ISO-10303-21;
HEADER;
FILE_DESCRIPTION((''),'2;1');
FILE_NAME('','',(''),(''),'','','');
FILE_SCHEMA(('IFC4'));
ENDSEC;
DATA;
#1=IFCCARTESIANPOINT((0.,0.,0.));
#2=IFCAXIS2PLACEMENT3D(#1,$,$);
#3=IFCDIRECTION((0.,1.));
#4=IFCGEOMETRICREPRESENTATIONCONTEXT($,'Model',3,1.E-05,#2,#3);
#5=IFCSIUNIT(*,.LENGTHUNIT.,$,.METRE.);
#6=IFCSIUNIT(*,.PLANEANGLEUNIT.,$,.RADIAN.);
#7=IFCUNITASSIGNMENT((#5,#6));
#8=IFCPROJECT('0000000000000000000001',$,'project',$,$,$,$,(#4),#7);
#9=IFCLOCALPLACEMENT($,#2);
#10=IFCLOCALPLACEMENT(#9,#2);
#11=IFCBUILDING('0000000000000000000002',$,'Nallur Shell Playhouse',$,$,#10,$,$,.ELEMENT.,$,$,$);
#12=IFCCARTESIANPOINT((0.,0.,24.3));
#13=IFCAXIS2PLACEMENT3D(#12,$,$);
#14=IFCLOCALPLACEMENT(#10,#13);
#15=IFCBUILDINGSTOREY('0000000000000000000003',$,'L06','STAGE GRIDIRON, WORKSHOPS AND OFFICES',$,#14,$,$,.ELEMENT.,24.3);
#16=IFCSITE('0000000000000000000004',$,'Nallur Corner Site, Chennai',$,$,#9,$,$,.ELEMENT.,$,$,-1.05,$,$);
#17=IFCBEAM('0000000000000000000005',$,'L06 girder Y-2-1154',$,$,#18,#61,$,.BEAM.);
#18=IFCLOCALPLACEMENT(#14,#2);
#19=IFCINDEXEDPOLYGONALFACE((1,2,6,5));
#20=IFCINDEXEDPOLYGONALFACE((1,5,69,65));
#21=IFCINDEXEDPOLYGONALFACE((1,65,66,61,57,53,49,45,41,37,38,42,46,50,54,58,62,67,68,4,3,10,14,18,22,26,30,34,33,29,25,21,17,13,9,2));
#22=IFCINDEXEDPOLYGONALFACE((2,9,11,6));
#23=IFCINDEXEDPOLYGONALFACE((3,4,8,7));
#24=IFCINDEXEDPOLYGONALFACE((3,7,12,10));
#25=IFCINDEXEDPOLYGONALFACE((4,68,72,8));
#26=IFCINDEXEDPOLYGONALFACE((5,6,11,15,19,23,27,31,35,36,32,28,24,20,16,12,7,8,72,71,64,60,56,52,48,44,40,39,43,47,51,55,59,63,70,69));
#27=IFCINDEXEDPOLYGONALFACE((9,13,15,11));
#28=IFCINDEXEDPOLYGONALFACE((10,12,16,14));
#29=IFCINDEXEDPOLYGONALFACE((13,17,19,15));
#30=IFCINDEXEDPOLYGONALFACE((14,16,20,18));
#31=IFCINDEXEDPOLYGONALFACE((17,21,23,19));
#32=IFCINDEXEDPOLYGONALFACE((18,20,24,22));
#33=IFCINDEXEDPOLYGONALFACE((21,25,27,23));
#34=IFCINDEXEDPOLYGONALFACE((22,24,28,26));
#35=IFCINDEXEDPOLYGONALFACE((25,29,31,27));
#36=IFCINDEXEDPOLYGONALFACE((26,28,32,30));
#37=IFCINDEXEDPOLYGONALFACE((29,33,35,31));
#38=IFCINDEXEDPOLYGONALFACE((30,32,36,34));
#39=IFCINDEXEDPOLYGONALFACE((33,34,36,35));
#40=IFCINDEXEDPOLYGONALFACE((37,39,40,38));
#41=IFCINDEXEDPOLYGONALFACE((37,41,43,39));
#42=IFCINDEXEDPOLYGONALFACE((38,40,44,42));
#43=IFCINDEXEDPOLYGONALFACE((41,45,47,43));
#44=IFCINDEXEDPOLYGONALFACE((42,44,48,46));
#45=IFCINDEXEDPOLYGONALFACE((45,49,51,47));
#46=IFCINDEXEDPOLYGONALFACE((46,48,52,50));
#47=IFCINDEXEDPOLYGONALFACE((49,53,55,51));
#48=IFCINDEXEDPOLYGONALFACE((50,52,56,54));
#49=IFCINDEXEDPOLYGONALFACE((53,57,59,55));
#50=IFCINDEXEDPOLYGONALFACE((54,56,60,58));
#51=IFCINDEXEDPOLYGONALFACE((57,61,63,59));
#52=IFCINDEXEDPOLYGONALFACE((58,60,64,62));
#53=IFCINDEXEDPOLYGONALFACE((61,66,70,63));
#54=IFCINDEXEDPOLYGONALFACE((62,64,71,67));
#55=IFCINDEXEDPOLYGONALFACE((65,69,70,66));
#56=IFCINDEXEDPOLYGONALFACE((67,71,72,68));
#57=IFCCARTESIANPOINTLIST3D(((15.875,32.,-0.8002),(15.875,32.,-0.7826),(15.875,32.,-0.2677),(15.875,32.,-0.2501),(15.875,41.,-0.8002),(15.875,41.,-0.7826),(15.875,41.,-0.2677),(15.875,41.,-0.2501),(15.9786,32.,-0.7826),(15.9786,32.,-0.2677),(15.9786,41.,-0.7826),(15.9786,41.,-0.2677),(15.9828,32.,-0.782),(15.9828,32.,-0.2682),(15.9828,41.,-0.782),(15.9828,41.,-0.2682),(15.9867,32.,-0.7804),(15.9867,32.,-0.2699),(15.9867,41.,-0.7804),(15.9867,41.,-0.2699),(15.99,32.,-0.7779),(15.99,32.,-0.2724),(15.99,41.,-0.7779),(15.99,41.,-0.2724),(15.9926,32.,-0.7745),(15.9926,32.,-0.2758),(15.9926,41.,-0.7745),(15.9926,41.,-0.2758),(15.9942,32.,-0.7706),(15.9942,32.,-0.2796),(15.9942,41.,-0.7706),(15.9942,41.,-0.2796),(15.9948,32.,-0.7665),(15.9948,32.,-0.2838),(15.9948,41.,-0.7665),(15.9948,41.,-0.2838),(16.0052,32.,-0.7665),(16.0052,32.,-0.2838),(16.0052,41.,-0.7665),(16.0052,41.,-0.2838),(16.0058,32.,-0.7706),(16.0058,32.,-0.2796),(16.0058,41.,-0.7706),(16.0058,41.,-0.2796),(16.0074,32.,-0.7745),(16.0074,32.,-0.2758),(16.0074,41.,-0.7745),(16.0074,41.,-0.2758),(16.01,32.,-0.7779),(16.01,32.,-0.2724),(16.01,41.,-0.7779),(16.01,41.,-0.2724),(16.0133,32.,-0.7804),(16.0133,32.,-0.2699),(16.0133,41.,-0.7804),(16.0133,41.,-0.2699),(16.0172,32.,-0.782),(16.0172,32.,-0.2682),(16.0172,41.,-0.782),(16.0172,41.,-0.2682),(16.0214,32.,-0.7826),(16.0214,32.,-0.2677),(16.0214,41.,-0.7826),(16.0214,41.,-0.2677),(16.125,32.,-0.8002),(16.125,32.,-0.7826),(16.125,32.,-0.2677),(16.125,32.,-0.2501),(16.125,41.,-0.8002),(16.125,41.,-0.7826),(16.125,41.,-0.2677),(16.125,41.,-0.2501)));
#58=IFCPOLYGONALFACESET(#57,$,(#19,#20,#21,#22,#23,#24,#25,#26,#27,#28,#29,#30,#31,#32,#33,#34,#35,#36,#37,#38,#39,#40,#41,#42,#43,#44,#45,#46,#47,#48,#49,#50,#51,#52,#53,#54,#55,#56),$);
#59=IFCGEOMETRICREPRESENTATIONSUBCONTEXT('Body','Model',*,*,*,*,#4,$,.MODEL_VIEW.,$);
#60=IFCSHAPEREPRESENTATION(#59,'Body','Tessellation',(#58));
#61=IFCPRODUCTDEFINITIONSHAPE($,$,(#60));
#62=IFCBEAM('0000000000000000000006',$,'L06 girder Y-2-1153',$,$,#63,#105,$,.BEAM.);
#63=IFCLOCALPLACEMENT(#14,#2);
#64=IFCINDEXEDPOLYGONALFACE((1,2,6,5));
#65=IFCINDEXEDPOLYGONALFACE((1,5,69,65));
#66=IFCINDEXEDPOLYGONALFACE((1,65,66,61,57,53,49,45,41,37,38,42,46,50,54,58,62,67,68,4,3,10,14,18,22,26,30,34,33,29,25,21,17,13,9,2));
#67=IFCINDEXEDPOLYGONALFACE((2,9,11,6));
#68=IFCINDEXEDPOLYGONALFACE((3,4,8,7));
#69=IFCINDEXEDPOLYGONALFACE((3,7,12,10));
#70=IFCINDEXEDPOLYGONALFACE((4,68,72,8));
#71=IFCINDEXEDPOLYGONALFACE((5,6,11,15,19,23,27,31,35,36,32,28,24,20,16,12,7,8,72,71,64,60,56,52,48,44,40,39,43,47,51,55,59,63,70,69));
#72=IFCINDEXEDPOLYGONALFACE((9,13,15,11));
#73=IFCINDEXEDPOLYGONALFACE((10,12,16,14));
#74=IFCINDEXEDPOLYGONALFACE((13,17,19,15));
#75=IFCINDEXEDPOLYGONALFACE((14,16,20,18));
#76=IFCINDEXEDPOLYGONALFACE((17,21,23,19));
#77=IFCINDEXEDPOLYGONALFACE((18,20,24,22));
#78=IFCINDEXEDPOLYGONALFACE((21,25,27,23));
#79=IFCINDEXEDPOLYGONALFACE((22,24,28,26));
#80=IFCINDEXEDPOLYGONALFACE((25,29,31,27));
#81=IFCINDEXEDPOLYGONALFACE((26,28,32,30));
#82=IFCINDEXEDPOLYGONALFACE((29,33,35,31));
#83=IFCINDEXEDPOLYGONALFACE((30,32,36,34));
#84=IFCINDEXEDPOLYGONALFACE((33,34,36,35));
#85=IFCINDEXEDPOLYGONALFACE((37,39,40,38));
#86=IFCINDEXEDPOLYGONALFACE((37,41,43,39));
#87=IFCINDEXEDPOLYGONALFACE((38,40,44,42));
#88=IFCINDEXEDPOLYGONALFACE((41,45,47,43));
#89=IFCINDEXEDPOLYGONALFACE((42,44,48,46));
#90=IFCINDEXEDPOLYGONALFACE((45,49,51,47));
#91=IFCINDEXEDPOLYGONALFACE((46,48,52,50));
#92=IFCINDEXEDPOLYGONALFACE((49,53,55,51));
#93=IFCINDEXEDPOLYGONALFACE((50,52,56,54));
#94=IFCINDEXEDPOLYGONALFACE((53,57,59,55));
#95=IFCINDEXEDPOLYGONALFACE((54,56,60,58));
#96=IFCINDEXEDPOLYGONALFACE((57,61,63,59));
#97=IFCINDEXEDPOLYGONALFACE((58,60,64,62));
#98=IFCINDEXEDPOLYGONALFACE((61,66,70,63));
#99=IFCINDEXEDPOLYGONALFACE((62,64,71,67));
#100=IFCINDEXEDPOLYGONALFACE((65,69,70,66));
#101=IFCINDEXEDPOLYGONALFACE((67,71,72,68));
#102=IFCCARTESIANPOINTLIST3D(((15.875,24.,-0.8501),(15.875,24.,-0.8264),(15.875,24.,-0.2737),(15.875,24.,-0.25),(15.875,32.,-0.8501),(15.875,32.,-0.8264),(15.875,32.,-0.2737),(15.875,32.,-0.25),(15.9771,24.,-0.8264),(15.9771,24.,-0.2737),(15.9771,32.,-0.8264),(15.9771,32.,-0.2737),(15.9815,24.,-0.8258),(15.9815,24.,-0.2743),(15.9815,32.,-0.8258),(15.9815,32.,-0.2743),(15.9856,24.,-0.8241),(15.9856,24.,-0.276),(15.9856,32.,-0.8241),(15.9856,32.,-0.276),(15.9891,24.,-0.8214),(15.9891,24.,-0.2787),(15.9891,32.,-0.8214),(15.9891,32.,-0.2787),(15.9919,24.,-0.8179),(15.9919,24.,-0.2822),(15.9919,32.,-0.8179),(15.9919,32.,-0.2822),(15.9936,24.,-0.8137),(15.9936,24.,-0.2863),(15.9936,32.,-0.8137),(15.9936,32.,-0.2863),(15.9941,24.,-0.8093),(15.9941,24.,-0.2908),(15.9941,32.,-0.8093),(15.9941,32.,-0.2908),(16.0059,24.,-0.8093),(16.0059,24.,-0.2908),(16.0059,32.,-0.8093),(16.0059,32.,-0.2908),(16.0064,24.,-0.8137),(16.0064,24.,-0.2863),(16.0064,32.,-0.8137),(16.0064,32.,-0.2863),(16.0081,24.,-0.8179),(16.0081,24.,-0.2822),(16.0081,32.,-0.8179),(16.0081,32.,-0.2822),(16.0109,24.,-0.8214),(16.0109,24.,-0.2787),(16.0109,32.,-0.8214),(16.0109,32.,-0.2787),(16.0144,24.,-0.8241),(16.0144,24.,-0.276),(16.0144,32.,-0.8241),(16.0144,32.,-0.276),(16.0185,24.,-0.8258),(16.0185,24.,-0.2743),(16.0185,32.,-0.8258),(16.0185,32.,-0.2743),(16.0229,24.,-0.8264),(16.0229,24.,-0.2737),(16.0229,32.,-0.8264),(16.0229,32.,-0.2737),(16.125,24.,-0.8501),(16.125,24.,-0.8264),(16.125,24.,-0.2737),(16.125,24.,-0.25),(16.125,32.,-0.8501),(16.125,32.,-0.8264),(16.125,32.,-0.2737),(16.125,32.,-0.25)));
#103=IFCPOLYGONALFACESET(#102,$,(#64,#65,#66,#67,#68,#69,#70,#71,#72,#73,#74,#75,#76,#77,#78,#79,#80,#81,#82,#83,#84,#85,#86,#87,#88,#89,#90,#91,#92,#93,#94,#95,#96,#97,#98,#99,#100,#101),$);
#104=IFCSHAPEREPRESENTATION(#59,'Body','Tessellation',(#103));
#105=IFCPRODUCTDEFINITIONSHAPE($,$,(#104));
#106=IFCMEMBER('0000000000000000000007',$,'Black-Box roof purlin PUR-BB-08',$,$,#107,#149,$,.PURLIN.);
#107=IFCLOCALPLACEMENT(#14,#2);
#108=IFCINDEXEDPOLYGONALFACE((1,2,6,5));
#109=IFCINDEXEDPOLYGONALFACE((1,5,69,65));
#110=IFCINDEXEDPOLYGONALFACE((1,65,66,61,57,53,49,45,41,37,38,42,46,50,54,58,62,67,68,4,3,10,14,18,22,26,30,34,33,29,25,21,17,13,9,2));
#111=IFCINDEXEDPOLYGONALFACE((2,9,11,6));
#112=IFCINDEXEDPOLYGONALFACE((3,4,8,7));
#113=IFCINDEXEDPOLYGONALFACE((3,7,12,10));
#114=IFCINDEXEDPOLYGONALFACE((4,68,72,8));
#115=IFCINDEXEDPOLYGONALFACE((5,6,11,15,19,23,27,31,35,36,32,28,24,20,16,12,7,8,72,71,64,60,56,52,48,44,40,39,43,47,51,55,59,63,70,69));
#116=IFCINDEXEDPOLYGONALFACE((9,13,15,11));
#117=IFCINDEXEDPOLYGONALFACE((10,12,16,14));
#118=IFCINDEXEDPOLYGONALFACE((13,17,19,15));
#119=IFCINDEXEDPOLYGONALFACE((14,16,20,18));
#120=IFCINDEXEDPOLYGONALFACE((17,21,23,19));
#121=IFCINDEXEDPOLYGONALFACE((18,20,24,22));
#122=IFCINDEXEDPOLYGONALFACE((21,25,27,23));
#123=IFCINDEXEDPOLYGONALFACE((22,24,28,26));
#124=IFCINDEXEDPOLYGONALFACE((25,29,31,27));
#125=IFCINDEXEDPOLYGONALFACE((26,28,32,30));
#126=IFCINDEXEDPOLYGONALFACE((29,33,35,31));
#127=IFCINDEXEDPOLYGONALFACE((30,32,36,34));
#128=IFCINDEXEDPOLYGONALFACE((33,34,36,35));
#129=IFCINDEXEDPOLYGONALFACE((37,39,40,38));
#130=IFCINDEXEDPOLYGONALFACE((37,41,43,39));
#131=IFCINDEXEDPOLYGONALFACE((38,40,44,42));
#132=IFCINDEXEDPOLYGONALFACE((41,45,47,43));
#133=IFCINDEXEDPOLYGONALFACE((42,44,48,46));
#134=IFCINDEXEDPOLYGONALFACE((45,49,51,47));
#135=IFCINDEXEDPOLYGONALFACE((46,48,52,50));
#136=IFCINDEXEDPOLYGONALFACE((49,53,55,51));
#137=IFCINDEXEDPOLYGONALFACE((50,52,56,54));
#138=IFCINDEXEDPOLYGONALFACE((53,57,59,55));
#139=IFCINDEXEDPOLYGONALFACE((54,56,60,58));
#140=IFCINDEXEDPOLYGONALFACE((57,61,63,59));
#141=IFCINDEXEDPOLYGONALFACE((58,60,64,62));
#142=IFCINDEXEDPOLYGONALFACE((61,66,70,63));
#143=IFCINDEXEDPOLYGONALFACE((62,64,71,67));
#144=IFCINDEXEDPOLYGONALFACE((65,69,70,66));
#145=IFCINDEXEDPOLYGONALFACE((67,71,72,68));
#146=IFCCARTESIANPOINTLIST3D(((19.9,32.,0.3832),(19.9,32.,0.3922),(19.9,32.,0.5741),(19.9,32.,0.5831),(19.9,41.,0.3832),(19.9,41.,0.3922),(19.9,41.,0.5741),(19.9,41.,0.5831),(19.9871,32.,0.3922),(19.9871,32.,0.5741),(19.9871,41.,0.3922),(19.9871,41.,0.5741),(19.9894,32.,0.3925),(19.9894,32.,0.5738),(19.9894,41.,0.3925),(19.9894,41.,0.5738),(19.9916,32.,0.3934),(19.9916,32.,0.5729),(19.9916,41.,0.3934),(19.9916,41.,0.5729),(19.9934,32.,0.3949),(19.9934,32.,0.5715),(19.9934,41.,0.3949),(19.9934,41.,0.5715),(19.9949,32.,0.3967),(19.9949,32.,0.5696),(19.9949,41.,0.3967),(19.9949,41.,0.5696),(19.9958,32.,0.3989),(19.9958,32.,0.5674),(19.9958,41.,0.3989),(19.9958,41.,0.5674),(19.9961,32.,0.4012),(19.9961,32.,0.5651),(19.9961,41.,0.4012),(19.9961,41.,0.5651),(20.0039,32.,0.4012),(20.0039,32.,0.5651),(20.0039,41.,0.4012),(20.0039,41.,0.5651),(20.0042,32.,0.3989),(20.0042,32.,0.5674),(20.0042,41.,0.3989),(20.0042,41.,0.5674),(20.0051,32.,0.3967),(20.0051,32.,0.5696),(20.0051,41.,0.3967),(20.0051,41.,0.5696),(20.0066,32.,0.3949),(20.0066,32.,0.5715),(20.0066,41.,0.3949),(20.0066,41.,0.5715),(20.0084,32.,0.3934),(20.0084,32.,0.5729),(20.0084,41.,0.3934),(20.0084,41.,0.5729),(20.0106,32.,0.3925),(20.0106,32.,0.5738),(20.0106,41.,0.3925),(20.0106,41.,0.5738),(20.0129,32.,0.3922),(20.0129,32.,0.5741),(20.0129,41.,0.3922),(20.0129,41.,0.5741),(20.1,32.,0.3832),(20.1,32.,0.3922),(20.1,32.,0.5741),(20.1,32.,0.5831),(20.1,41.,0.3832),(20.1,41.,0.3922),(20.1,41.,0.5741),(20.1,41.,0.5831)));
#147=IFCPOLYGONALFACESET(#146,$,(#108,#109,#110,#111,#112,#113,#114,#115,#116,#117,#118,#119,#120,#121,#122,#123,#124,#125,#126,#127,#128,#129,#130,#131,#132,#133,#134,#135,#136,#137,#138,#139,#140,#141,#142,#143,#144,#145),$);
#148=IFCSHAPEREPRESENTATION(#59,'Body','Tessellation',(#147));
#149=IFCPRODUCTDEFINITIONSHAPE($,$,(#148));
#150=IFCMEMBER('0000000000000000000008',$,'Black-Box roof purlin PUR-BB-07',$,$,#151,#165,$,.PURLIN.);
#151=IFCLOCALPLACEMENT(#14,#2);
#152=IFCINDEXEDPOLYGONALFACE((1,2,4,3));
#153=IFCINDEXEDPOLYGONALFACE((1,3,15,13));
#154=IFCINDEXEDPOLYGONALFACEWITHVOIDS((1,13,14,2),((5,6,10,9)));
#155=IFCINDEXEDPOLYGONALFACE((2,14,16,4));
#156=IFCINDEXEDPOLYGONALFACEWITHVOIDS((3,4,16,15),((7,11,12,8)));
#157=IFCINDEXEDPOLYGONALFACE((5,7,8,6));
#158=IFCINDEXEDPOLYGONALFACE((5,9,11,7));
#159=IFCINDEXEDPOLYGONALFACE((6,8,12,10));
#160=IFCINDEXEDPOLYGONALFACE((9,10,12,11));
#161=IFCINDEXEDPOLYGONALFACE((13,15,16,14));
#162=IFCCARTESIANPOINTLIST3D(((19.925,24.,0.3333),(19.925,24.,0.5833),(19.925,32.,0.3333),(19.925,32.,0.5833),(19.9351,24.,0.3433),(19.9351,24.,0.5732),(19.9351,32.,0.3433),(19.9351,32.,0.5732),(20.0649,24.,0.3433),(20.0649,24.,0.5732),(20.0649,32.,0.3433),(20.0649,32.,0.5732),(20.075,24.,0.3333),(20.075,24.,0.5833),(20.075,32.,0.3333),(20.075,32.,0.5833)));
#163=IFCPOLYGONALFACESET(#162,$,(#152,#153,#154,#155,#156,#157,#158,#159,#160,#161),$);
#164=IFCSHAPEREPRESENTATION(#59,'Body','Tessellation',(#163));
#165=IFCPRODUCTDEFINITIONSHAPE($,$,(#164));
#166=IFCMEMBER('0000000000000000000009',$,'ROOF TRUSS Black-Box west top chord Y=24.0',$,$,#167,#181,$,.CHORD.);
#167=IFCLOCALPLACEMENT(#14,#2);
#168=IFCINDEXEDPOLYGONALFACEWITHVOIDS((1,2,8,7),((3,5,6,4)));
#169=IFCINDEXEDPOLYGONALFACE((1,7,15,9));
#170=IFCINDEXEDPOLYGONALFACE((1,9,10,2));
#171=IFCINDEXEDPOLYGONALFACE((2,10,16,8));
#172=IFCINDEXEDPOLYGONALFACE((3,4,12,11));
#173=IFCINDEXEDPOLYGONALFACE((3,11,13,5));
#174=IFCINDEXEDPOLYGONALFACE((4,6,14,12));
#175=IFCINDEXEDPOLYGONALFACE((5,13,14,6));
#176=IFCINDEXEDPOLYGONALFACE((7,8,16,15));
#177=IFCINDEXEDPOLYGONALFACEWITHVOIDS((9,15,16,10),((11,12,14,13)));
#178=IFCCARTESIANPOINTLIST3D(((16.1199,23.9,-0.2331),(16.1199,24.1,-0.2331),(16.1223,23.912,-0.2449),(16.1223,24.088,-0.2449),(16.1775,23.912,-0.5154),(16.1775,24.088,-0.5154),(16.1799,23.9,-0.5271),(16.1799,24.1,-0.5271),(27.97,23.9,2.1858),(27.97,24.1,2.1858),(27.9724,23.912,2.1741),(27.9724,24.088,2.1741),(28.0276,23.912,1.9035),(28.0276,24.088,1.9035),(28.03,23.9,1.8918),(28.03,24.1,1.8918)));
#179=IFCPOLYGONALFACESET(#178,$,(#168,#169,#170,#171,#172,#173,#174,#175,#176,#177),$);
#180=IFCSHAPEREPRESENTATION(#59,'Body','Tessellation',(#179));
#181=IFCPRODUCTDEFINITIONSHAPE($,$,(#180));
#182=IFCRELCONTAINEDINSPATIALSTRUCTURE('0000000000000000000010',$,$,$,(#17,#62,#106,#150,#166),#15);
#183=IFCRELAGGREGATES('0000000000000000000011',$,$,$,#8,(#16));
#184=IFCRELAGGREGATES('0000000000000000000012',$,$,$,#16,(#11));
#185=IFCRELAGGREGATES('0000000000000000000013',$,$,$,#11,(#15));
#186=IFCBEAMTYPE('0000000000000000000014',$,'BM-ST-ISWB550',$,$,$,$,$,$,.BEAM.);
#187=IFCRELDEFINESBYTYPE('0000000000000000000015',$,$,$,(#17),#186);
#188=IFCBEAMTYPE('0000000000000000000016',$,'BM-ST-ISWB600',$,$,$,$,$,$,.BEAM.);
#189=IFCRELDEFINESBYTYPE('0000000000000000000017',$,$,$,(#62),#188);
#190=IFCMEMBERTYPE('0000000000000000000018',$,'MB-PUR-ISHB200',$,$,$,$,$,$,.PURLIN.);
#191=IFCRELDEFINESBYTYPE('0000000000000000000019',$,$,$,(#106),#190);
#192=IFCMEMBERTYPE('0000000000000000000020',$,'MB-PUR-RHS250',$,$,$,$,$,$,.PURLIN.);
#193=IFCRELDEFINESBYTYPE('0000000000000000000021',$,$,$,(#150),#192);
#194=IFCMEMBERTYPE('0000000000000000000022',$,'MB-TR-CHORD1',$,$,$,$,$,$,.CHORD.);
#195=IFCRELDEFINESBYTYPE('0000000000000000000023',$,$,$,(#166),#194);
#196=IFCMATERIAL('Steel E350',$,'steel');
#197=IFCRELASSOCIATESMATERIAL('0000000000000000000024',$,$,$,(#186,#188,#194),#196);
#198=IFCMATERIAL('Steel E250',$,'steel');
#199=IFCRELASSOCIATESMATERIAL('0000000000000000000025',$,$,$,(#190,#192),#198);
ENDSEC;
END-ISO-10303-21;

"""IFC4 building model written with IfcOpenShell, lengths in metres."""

from ifc_helpers import new_model, si_unit, direction, frame, origin, origin_2d, place, context, subcontext, project, spatial, hollow_rectangle, i_section, extrude, material, material_profile, profile_set, type_object, element, save


model = new_model("IFC4")

# Units and contexts
model_context = context("Model", 3, precision=1e-05, world=origin(), true_north=direction((0.0, 1.0)))
body_context = subcontext(model_context, "Body", "Model", "MODEL_VIEW")
ifc_project = project(units=[si_unit("LENGTHUNIT", "METRE"), si_unit("PLANEANGLEUNIT", "RADIAN")], contexts=[model_context])

# Site, building, storey
site_placement = place(None, origin())
site = spatial("IfcSite", under=ifc_project, at=site_placement, Name="Nallur Corner Site, Chennai", CompositionType="ELEMENT", RefElevation=-1.05)
building_placement = place(site_placement, origin())
building = spatial("IfcBuilding", under=site, at=building_placement, Name="Nallur Shell Playhouse", CompositionType="ELEMENT")
storey_placement = place(building_placement, frame((0.0, 0.0, 24.3)))
storey = spatial("IfcBuildingStorey", under=building, at=storey_placement, Name="L06", Description="STAGE GRIDIRON, WORKSHOPS AND OFFICES", CompositionType="ELEMENT", Elevation=24.3)

# Beams
ifc_material_1 = material(Name="Steel E350", Category="steel")
ifc_material_profile_1 = material_profile(ifc_material_1, i_section(OverallWidth=0.25, OverallDepth=0.55, WebThickness=0.0105, FlangeThickness=0.0176, FilletRadius=0.0161, at=origin_2d()), Name="ISWB 550")
ifc_profile_set_1 = profile_set([ifc_material_profile_1], Name="Steel E350")
beam_type_1 = type_object("IfcBeamType", Name="BM-ST-ISWB550", PredefinedType="BEAM", material=ifc_profile_set_1)
beam_1_placement = place(storey_placement, frame((16.0, 32.0, -0.5251), z_axis=(0.0, 1.0, 0.0), x_axis=(-1.0, 0.0, 0.0)))
element("IfcBeam", 1, at=beam_1_placement, inside=storey, type_object=beam_type_1, Name="L06 girder Y-2-1154", PredefinedType="BEAM", context=body_context, shape_type="SweptSolid", body=[
    extrude(i_section(OverallWidth=0.25, OverallDepth=0.55, WebThickness=0.0105, FlangeThickness=0.0176, FilletRadius=0.0161, at=origin_2d()), origin(), (0.0, 0.0, 1.0), 9.0),
])
ifc_material_profile_2 = material_profile(ifc_material_1, i_section(OverallWidth=0.25, OverallDepth=0.6001, WebThickness=0.0117, FlangeThickness=0.0237, FilletRadius=0.0171, at=origin_2d()), Name="ISWB 600")
ifc_profile_set_2 = profile_set([ifc_material_profile_2], Name="Steel E350")
beam_type_2 = type_object("IfcBeamType", Name="BM-ST-ISWB600", PredefinedType="BEAM", material=ifc_profile_set_2)
beam_2_placement = place(storey_placement, frame((16.0, 24.0, -0.55), z_axis=(0.0, 1.0, 0.0), x_axis=(-1.0, 0.0, 0.0)))
element("IfcBeam", 2, at=beam_2_placement, inside=storey, type_object=beam_type_2, Name="L06 girder Y-2-1153", PredefinedType="BEAM", context=body_context, shape_type="SweptSolid", body=[
    extrude(i_section(OverallWidth=0.25, OverallDepth=0.6001, WebThickness=0.0117, FlangeThickness=0.0237, FilletRadius=0.0171, at=origin_2d()), origin(), (0.0, 0.0, 1.0), 8.0),
])

# Members
ifc_material_2 = material(Name="Steel E250", Category="steel")
ifc_material_profile_3 = material_profile(ifc_material_2, i_section(OverallWidth=0.2, OverallDepth=0.2, WebThickness=0.0078, FlangeThickness=0.009, FilletRadius=0.009, at=origin_2d()), Name="ISHB 200")
ifc_profile_set_3 = profile_set([ifc_material_profile_3], Name="Steel E250")
member_type_1 = type_object("IfcMemberType", Name="MB-PUR-ISHB200", PredefinedType="PURLIN", material=ifc_profile_set_3)
member_1_placement = place(storey_placement, frame((20.0, 32.0, 0.4832), z_axis=(0.0, 1.0, 0.0), x_axis=(-1.0, 0.0, 0.0)))
element("IfcMember", 3, at=member_1_placement, inside=storey, type_object=member_type_1, Name="Black-Box roof purlin PUR-BB-08", PredefinedType="PURLIN", context=body_context, shape_type="SweptSolid", body=[
    extrude(i_section(OverallWidth=0.2, OverallDepth=0.2, WebThickness=0.0078, FlangeThickness=0.009, FilletRadius=0.009, at=origin_2d()), origin(), (0.0, 0.0, 1.0), 9.0),
])
ifc_material_profile_4 = material_profile(ifc_material_2, hollow_rectangle(XDim=0.1499, YDim=0.25, WallThickness=0.01, at=origin_2d()), Name="RHS 250x150x10")
ifc_profile_set_4 = profile_set([ifc_material_profile_4], Name="Steel E250")
member_type_2 = type_object("IfcMemberType", Name="MB-PUR-RHS250", PredefinedType="PURLIN", material=ifc_profile_set_4)
member_2_placement = place(storey_placement, frame((20.0, 24.0, 0.4583), z_axis=(0.0, 1.0, 0.0), x_axis=(-1.0, 0.0, 0.0)))
element("IfcMember", 4, at=member_2_placement, inside=storey, type_object=member_type_2, Name="Black-Box roof purlin PUR-BB-07", PredefinedType="PURLIN", context=body_context, shape_type="SweptSolid", body=[
    extrude(hollow_rectangle(XDim=0.1499, YDim=0.25, WallThickness=0.01, at=origin_2d()), origin(), (0.0, 0.0, 1.0), 8.0),
])
ifc_material_profile_5 = material_profile(ifc_material_1, hollow_rectangle(XDim=0.2, YDim=0.3, WallThickness=0.012, at=origin_2d()), Name="RHS 300x200x12")
ifc_profile_set_5 = profile_set([ifc_material_profile_5], Name="Steel E350")
member_type_3 = type_object("IfcMemberType", Name="MB-TR-CHORD1", PredefinedType="CHORD", material=ifc_profile_set_5)
for number, where, z_axis, x_axis, name in (
    (5, (16.1499, 24.0, -0.3801), (0.979795, 0.0, 0.200004), (0.0, 1.0, 0.0), "ROOF TRUSS Black-Box west top chord Y=24.0"),
):
    element("IfcMember", number, at=place(storey_placement, frame(where, z_axis=z_axis, x_axis=x_axis)), inside=storey, type_object=member_type_3, Name=name, PredefinedType="CHORD", context=body_context, shape_type="SweptSolid", body=[
        extrude(hollow_rectangle(XDim=0.2, YDim=0.3, WallThickness=0.012, at=origin_2d()), origin(), (0.0, 0.0, 1.0), 12.0945),
    ])

save(model, "model.ifc")
